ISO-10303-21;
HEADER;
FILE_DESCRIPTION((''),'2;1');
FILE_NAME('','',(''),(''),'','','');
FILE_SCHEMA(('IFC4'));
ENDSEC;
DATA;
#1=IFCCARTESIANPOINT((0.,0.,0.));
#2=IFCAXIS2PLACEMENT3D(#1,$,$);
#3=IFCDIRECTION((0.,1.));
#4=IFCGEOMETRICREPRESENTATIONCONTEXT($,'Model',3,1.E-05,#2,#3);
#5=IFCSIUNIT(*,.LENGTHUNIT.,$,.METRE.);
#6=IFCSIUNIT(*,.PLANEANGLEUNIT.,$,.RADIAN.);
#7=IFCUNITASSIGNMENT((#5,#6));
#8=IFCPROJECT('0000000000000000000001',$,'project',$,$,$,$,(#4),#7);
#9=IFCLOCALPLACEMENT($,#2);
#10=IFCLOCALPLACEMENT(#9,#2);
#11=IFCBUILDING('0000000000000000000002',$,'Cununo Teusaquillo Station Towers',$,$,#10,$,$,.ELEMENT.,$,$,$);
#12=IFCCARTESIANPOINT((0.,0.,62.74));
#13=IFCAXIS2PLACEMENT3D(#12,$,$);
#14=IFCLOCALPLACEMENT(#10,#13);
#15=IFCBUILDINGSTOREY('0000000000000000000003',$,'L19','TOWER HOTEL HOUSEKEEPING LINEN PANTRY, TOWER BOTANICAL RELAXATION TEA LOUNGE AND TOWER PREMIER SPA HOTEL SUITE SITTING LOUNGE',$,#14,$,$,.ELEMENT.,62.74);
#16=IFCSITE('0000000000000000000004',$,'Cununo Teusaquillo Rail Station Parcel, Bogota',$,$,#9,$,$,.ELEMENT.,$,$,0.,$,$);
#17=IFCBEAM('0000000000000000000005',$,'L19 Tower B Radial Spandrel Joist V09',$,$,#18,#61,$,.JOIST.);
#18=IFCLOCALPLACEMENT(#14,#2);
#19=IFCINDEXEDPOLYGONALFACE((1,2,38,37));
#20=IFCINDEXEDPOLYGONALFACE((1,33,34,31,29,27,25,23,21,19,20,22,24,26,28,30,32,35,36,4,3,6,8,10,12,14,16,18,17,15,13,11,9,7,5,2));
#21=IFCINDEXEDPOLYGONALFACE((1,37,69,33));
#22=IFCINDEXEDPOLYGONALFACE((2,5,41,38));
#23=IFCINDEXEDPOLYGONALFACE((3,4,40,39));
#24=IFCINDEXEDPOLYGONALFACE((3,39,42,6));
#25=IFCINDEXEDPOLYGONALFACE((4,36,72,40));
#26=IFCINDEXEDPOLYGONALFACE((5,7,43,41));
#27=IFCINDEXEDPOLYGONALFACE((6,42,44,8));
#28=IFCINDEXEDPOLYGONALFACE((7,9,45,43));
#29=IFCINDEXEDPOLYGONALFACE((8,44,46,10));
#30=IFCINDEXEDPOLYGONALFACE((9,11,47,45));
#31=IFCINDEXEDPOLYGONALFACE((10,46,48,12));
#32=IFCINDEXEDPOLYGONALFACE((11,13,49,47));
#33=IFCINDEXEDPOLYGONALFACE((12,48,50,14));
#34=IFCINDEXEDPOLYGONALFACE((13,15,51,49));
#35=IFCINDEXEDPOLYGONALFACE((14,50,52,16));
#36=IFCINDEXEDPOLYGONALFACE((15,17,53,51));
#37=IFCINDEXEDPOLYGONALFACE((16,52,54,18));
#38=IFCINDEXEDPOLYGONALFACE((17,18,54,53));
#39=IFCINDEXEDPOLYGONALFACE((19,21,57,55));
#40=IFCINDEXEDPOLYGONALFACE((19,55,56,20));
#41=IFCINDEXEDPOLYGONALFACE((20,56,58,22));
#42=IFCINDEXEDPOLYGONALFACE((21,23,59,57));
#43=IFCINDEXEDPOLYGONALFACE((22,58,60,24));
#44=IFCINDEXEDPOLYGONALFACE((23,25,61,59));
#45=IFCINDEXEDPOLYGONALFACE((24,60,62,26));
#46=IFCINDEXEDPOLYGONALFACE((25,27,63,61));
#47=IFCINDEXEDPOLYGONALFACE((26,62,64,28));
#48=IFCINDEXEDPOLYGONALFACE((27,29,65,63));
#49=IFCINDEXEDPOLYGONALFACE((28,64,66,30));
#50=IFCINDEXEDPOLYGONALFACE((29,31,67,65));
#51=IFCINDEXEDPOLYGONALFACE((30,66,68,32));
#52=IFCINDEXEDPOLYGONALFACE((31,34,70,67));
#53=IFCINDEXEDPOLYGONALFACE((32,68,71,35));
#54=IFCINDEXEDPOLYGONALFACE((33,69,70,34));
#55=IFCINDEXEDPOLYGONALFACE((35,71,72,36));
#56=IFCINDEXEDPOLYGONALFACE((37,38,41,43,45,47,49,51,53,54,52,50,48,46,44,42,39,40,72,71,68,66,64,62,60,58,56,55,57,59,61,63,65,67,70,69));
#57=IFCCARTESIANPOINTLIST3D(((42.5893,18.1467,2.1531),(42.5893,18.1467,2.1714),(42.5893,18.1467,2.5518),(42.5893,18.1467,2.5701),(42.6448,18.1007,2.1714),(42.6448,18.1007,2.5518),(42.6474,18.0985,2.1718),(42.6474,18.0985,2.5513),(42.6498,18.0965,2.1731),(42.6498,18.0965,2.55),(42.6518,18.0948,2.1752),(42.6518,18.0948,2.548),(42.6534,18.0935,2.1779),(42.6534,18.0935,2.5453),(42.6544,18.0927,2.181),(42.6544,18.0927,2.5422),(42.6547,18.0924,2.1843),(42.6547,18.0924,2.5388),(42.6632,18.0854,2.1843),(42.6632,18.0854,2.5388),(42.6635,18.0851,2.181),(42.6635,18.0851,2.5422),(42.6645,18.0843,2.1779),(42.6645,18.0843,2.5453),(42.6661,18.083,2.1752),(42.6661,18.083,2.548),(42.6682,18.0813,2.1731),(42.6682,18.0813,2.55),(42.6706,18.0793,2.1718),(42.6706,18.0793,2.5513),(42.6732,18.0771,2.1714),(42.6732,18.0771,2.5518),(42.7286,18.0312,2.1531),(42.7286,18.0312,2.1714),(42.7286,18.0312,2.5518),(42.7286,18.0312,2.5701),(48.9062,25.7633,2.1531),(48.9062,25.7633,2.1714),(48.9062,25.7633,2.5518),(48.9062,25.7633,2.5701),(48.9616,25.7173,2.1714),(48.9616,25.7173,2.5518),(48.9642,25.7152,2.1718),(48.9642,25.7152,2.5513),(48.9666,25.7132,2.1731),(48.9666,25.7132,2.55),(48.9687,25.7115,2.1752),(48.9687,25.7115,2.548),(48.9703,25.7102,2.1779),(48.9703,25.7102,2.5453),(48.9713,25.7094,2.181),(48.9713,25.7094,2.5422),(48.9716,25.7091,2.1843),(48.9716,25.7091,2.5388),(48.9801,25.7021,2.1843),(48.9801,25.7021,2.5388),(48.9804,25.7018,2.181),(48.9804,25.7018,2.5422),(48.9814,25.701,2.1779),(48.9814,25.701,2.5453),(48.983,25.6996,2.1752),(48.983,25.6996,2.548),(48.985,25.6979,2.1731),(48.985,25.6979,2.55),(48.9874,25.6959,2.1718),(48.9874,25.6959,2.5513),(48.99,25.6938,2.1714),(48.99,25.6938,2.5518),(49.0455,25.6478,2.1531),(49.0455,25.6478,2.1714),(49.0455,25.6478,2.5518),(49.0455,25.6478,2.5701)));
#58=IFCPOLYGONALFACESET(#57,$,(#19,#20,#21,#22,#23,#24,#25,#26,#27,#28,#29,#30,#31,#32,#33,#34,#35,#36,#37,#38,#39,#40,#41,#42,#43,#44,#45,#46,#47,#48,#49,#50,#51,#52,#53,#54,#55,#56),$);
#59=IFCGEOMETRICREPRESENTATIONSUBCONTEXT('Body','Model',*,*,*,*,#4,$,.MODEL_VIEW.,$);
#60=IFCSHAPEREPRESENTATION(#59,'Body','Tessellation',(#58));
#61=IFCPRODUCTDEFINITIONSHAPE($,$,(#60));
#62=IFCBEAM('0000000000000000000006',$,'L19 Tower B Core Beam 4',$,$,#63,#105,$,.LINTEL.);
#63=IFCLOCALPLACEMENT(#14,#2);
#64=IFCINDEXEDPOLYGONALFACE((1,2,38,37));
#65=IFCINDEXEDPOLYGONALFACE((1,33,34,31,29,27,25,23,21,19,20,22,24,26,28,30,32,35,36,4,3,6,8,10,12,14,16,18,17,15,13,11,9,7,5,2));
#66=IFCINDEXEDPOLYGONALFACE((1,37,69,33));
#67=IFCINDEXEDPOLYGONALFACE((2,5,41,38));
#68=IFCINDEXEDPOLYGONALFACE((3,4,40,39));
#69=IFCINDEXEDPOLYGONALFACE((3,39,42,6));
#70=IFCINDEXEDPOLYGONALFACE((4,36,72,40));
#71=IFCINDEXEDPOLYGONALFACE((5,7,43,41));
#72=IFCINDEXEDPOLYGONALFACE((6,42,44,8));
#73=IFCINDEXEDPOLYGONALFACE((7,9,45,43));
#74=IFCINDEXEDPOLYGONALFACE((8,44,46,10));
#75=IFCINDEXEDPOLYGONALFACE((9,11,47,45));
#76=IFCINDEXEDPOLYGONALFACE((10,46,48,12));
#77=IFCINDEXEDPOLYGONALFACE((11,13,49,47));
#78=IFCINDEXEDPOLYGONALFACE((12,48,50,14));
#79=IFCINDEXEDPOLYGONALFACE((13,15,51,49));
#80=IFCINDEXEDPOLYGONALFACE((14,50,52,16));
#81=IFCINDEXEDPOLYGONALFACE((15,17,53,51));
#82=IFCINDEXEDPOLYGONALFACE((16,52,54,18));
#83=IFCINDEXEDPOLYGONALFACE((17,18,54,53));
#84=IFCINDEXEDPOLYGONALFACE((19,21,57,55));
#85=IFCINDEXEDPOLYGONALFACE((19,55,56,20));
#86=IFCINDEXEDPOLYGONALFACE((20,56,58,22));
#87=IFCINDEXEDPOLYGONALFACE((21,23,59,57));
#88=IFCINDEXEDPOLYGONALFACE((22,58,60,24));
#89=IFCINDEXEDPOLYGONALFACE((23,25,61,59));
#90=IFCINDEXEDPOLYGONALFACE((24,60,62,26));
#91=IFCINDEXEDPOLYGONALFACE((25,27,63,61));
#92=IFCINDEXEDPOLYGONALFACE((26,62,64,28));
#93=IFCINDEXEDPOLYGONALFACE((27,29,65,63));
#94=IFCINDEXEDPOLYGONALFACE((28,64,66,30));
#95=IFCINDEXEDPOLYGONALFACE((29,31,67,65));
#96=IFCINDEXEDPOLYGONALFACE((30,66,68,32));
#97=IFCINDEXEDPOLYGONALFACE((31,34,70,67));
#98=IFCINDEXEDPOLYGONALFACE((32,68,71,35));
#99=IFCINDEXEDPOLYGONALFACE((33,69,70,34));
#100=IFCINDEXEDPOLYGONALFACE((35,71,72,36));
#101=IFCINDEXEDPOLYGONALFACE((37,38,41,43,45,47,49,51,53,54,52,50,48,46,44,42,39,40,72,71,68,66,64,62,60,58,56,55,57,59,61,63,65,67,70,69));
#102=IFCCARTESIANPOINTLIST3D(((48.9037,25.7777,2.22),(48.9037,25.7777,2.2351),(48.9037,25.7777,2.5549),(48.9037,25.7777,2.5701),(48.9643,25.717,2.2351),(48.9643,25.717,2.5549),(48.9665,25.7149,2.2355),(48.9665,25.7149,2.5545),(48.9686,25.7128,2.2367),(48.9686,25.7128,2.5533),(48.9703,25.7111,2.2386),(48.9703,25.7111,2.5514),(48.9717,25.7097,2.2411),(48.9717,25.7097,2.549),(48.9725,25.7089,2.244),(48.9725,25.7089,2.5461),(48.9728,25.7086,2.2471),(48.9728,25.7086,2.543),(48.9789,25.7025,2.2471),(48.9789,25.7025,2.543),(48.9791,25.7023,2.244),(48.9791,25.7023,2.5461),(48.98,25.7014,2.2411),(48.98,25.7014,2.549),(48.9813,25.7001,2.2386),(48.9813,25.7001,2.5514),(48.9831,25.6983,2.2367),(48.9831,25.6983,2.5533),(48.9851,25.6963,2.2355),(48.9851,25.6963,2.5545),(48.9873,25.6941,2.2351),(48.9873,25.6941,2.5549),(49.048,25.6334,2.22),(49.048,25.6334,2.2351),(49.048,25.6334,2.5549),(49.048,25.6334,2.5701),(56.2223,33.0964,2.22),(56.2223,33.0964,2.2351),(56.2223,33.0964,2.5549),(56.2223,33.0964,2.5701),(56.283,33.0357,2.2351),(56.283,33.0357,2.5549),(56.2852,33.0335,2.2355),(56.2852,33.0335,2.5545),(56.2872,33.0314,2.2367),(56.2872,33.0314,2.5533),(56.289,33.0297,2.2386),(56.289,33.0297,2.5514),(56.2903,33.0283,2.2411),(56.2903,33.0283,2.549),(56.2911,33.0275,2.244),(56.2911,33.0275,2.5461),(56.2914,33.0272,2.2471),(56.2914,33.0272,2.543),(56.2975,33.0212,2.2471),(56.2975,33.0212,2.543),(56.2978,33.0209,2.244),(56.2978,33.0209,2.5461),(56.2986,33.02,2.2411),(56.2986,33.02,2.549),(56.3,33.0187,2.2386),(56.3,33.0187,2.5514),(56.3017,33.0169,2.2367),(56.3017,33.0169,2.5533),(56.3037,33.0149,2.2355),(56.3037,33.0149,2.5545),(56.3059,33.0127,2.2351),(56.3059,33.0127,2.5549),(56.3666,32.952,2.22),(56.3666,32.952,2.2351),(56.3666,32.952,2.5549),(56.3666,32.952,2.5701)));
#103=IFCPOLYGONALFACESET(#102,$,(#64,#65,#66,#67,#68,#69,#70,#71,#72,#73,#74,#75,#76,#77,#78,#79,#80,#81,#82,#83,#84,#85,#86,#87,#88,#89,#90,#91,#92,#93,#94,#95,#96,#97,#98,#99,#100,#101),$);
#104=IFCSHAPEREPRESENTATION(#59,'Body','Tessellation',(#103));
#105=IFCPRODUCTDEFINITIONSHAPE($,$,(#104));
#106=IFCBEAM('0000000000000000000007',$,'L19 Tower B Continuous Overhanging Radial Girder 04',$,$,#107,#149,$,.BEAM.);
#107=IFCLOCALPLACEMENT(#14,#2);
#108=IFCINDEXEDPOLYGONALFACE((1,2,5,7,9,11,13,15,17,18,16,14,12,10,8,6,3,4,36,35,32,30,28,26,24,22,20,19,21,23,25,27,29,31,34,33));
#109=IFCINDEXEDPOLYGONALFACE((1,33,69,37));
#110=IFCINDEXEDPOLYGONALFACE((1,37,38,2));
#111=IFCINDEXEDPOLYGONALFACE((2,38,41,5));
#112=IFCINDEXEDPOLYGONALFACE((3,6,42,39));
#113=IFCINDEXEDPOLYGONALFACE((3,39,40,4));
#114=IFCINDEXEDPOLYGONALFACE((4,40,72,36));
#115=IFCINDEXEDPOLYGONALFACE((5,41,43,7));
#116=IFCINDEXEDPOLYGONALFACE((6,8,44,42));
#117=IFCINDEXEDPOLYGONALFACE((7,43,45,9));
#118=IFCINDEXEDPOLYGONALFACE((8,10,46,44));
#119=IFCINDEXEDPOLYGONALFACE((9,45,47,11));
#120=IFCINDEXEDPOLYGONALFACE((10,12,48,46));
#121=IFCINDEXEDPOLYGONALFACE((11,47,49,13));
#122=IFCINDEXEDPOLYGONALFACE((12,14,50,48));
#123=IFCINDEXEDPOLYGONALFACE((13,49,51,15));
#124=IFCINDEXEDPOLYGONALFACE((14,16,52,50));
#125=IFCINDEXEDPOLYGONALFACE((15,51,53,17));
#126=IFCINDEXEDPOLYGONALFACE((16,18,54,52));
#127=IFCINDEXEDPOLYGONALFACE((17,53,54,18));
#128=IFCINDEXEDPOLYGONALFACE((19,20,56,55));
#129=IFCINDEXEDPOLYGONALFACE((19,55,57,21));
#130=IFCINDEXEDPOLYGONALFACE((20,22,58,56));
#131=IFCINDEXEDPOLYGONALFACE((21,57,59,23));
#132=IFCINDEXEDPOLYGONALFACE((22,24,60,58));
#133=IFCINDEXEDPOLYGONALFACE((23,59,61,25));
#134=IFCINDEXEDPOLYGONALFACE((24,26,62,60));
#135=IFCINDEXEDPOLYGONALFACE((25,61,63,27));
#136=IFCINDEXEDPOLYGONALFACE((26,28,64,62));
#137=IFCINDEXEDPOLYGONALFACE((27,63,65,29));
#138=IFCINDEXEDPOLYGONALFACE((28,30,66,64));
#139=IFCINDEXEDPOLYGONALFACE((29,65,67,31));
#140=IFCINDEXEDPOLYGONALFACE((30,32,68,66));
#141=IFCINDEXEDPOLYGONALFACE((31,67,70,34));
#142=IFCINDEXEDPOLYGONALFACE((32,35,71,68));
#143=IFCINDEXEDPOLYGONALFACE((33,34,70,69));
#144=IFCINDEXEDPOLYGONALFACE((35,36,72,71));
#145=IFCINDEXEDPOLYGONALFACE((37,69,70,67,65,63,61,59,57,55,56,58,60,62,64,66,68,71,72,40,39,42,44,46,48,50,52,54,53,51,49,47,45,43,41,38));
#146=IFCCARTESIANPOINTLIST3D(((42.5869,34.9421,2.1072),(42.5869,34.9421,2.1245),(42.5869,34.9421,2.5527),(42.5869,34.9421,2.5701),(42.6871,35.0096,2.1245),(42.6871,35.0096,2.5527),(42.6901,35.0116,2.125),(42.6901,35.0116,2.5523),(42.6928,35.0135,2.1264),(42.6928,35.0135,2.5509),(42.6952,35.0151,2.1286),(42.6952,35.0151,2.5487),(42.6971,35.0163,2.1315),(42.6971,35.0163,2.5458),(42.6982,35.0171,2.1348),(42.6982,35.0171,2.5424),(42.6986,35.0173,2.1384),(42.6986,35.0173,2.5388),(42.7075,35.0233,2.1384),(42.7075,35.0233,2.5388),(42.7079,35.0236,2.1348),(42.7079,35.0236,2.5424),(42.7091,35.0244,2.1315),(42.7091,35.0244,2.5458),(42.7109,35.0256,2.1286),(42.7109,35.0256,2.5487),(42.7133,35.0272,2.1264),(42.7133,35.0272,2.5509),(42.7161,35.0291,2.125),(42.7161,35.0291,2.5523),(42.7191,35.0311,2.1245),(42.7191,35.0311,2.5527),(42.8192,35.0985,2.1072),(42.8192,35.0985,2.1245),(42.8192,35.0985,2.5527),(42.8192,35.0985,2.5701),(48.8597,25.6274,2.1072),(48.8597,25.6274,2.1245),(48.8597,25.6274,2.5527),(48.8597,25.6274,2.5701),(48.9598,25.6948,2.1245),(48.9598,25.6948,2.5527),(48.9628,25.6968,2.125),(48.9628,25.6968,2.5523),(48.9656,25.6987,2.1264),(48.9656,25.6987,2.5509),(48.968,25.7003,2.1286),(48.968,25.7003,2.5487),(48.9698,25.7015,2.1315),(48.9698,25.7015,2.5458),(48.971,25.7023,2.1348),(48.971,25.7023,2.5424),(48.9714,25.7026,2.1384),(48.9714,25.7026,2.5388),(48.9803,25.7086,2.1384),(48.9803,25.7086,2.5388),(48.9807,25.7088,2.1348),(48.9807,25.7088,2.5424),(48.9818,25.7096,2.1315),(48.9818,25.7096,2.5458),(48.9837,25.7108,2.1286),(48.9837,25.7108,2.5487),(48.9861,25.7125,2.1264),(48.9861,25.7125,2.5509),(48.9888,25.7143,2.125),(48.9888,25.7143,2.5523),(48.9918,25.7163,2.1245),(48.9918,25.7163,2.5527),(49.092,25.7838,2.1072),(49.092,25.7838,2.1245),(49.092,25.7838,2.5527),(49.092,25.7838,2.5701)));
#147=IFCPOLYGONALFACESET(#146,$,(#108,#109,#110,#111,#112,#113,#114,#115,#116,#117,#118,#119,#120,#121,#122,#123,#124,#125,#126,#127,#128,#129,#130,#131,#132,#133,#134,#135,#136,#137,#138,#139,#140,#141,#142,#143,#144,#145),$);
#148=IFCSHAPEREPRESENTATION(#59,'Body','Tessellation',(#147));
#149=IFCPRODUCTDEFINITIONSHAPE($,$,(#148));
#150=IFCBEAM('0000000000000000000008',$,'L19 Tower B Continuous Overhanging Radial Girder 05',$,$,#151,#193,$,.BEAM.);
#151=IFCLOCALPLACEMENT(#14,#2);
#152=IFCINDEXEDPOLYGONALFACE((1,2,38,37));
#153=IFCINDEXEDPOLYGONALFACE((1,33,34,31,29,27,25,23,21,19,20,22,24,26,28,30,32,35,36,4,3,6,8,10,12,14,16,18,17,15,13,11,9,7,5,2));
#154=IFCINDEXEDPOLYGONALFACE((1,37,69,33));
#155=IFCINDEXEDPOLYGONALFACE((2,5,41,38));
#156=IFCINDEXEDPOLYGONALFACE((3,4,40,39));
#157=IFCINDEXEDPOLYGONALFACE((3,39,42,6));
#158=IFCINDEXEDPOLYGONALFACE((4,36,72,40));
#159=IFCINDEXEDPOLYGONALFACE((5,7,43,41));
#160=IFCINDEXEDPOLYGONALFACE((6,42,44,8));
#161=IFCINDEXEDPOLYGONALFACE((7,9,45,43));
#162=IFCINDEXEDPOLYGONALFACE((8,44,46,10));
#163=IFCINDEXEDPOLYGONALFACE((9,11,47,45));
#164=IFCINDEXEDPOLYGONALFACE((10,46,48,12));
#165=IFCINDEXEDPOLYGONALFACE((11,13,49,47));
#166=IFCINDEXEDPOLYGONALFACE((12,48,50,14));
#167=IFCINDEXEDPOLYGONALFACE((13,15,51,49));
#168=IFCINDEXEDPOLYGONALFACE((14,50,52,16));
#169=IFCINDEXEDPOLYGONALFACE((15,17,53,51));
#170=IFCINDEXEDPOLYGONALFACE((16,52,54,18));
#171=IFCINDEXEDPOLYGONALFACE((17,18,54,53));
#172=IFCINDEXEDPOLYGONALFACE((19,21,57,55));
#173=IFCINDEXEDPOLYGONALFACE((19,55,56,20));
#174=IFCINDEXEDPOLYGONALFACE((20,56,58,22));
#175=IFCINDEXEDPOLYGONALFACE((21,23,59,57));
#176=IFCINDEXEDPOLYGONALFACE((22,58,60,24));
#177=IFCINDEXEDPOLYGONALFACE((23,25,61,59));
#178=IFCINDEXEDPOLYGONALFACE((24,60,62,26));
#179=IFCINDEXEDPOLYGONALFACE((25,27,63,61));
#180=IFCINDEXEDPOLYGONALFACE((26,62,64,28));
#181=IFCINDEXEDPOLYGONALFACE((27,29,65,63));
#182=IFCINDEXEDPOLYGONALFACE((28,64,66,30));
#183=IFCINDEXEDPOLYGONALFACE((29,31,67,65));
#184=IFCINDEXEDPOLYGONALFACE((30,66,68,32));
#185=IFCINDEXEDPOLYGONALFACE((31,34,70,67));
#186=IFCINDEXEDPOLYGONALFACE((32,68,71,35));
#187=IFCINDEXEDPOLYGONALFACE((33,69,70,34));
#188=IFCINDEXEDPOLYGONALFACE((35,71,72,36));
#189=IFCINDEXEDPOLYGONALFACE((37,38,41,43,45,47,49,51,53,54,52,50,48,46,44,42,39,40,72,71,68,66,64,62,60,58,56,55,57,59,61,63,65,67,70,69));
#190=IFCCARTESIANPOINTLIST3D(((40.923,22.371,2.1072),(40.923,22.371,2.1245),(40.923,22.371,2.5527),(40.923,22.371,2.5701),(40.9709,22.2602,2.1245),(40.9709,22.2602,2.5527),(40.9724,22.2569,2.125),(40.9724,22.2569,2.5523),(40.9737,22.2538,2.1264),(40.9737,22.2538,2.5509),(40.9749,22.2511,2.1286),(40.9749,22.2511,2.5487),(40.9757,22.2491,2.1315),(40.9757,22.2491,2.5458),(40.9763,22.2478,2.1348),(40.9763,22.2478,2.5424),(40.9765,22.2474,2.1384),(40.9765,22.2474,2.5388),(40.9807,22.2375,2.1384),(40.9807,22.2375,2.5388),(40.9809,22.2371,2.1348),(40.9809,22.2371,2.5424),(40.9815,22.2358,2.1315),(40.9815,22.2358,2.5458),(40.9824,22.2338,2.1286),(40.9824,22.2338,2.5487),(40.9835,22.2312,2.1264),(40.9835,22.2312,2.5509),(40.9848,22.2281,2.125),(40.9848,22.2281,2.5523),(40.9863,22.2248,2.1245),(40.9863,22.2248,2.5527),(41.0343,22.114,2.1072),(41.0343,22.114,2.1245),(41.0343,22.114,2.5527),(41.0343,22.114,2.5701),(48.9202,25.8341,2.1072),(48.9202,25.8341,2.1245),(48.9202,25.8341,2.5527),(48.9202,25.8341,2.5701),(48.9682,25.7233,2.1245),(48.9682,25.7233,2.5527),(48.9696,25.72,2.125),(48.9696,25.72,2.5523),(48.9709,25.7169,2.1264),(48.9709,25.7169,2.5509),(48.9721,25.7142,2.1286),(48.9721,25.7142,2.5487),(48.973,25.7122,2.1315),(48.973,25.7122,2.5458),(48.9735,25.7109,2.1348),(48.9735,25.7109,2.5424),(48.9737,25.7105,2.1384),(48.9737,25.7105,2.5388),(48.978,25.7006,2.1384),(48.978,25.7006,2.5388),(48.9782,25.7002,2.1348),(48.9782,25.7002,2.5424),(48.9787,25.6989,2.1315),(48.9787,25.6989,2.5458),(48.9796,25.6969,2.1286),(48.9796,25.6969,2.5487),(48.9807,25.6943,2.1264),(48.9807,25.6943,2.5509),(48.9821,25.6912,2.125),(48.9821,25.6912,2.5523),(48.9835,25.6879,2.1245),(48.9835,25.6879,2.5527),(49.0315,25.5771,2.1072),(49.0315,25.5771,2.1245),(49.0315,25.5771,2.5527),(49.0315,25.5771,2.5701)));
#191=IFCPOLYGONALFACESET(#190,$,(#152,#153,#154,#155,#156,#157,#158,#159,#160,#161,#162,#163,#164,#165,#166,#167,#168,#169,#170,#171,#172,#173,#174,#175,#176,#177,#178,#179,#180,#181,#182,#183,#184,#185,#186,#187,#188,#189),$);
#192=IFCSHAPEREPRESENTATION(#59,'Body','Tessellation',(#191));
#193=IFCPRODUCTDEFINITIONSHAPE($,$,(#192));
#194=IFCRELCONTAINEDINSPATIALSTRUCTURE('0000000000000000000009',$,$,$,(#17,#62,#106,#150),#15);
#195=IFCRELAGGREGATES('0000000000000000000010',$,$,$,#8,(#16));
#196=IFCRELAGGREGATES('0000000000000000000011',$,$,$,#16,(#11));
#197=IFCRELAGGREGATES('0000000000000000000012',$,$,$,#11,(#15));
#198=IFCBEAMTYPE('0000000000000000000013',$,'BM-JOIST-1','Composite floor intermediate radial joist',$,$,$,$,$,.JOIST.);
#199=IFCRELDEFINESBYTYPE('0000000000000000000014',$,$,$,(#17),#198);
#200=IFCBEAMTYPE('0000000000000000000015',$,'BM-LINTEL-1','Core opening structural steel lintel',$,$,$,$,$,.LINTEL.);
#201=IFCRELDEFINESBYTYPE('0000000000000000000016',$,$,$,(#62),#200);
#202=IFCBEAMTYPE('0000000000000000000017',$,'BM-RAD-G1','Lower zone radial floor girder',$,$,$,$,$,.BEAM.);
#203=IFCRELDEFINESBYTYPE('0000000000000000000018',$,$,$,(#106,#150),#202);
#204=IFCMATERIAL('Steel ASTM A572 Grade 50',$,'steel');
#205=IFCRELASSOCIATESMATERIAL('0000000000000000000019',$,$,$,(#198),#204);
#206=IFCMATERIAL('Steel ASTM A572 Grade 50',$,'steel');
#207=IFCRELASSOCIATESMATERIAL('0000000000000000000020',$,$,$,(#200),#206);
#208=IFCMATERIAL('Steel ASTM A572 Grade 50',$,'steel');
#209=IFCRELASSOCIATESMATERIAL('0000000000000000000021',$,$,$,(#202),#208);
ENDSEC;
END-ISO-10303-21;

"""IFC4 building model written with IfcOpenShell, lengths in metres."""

from ifc_helpers import new_model, si_unit, direction, frame, origin, origin_2d, place, context, subcontext, project, spatial, i_section, extrude, material, material_profile, profile_set, type_object, element, save


model = new_model("IFC4")

# Units and contexts
model_context = context("Model", 3, precision=1e-05, world=origin(), true_north=direction((0.0, 1.0)))
body_context = subcontext(model_context, "Body", "Model", "MODEL_VIEW")
ifc_project = project(units=[si_unit("LENGTHUNIT", "METRE"), si_unit("PLANEANGLEUNIT", "RADIAN")], contexts=[model_context])

# Site, building, storey
site_placement = place(None, origin())
site = spatial("IfcSite", under=ifc_project, at=site_placement, Name="Cununo Teusaquillo Rail Station Parcel, Bogota", CompositionType="ELEMENT", RefElevation=0.0)
building_placement = place(site_placement, origin())
building = spatial("IfcBuilding", under=site, at=building_placement, Name="Cununo Teusaquillo Station Towers", CompositionType="ELEMENT")
storey_placement = place(building_placement, frame((0.0, 0.0, 62.74)))
storey = spatial("IfcBuildingStorey", under=building, at=storey_placement, Name="L19", Description="TOWER HOTEL HOUSEKEEPING LINEN PANTRY, TOWER BOTANICAL RELAXATION TEA LOUNGE AND TOWER PREMIER SPA HOTEL SUITE SITTING LOUNGE", CompositionType="ELEMENT", Elevation=62.74)

# Beams
ifc_material_1 = material(Name="Steel ASTM A572 Grade 50", Category="steel")
ifc_material_profile_1 = material_profile(ifc_material_1, i_section(OverallWidth=0.1809, OverallDepth=0.417, WebThickness=0.011, FlangeThickness=0.0183, FilletRadius=0.0129, at=origin_2d()), Name="W16X57")
ifc_profile_set_1 = profile_set([ifc_material_profile_1], Name="Steel ASTM A572 Grade 50")
beam_type_1 = type_object("IfcBeamType", Name="BM-JOIST-1", Description="Composite floor intermediate radial joist", PredefinedType="JOIST", material=ifc_profile_set_1)
beam_1_placement = place(storey_placement, frame((48.9758, 25.7056, 2.3616), z_axis=(-0.638372, -0.769728, 0.0), x_axis=(0.769728, -0.638372, 0.0)))
element("IfcBeam", 1, at=beam_1_placement, inside=storey, type_object=beam_type_1, Name="L19 Tower B Radial Spandrel Joist V09", PredefinedType="JOIST", context=body_context, shape_type="SweptSolid", body=[
    extrude(i_section(OverallWidth=0.1809, OverallDepth=0.417, WebThickness=0.011, FlangeThickness=0.0183, FilletRadius=0.0129, at=origin_2d()), origin(), (0.0, 0.0, 1.0), 9.8953),
])
ifc_material_2 = material(Name="Steel ASTM A572 Grade 50", Category="steel")
ifc_material_profile_2 = material_profile(ifc_material_2, i_section(OverallWidth=0.2041, OverallDepth=0.3501, WebThickness=0.0085, FlangeThickness=0.0151, FilletRadius=0.012, at=origin_2d()), Name="W14X48")
ifc_profile_set_2 = profile_set([ifc_material_profile_2], Name="Steel ASTM A572 Grade 50")
beam_type_2 = type_object("IfcBeamType", Name="BM-LINTEL-1", Description="Core opening structural steel lintel", PredefinedType="LINTEL", material=ifc_profile_set_2)
beam_2_placement = place(storey_placement, frame((48.9758, 25.7056, 2.395), z_axis=(0.707107, 0.707107, 0.0), x_axis=(-0.707107, 0.707107, 0.0)))
element("IfcBeam", 2, at=beam_2_placement, inside=storey, type_object=beam_type_2, Name="L19 Tower B Core Beam 4", PredefinedType="LINTEL", context=body_context, shape_type="SweptSolid", body=[
    extrude(i_section(OverallWidth=0.2041, OverallDepth=0.3501, WebThickness=0.0085, FlangeThickness=0.0151, FilletRadius=0.012, at=origin_2d()), origin(), (0.0, 0.0, 1.0), 10.3501),
])
ifc_material_3 = material(Name="Steel ASTM A572 Grade 50", Category="steel")
ifc_material_profile_3 = material_profile(ifc_material_3, i_section(OverallWidth=0.28, OverallDepth=0.4629, WebThickness=0.0107, FlangeThickness=0.0173, FilletRadius=0.0139, at=origin_2d()), Name="W18X76")
ifc_profile_set_3 = profile_set([ifc_material_profile_3], Name="Steel ASTM A572 Grade 50")
beam_type_3 = type_object("IfcBeamType", Name="BM-RAD-G1", Description="Lower zone radial floor girder", PredefinedType="BEAM", material=ifc_profile_set_3)
beam_3_placement = place(storey_placement, frame((48.9758, 25.7056, 2.3386), z_axis=(-0.558572, 0.829456, 0.0), x_axis=(-0.829456, -0.558572, 0.0)))
element("IfcBeam", 3, at=beam_3_placement, inside=storey, type_object=beam_type_3, Name="L19 Tower B Continuous Overhanging Radial Girder 04", PredefinedType="BEAM", context=body_context, shape_type="SweptSolid", body=[
    extrude(i_section(OverallWidth=0.28, OverallDepth=0.4629, WebThickness=0.0107, FlangeThickness=0.0173, FilletRadius=0.0139, at=origin_2d()), origin(), (0.0, 0.0, 1.0), 11.23),
])
beam_4_placement = place(storey_placement, frame((48.9758, 25.7056, 2.3386), z_axis=(-0.917655, -0.397379, 0.0), x_axis=(0.397379, -0.917655, 0.0)))
element("IfcBeam", 4, at=beam_4_placement, inside=storey, type_object=beam_type_3, Name="L19 Tower B Continuous Overhanging Radial Girder 05", PredefinedType="BEAM", context=body_context, shape_type="SweptSolid", body=[
    extrude(i_section(OverallWidth=0.28, OverallDepth=0.4629, WebThickness=0.0107, FlangeThickness=0.0173, FilletRadius=0.0139, at=origin_2d()), origin(), (0.0, 0.0, 1.0), 8.7148),
])

save(model, "model.ifc")
